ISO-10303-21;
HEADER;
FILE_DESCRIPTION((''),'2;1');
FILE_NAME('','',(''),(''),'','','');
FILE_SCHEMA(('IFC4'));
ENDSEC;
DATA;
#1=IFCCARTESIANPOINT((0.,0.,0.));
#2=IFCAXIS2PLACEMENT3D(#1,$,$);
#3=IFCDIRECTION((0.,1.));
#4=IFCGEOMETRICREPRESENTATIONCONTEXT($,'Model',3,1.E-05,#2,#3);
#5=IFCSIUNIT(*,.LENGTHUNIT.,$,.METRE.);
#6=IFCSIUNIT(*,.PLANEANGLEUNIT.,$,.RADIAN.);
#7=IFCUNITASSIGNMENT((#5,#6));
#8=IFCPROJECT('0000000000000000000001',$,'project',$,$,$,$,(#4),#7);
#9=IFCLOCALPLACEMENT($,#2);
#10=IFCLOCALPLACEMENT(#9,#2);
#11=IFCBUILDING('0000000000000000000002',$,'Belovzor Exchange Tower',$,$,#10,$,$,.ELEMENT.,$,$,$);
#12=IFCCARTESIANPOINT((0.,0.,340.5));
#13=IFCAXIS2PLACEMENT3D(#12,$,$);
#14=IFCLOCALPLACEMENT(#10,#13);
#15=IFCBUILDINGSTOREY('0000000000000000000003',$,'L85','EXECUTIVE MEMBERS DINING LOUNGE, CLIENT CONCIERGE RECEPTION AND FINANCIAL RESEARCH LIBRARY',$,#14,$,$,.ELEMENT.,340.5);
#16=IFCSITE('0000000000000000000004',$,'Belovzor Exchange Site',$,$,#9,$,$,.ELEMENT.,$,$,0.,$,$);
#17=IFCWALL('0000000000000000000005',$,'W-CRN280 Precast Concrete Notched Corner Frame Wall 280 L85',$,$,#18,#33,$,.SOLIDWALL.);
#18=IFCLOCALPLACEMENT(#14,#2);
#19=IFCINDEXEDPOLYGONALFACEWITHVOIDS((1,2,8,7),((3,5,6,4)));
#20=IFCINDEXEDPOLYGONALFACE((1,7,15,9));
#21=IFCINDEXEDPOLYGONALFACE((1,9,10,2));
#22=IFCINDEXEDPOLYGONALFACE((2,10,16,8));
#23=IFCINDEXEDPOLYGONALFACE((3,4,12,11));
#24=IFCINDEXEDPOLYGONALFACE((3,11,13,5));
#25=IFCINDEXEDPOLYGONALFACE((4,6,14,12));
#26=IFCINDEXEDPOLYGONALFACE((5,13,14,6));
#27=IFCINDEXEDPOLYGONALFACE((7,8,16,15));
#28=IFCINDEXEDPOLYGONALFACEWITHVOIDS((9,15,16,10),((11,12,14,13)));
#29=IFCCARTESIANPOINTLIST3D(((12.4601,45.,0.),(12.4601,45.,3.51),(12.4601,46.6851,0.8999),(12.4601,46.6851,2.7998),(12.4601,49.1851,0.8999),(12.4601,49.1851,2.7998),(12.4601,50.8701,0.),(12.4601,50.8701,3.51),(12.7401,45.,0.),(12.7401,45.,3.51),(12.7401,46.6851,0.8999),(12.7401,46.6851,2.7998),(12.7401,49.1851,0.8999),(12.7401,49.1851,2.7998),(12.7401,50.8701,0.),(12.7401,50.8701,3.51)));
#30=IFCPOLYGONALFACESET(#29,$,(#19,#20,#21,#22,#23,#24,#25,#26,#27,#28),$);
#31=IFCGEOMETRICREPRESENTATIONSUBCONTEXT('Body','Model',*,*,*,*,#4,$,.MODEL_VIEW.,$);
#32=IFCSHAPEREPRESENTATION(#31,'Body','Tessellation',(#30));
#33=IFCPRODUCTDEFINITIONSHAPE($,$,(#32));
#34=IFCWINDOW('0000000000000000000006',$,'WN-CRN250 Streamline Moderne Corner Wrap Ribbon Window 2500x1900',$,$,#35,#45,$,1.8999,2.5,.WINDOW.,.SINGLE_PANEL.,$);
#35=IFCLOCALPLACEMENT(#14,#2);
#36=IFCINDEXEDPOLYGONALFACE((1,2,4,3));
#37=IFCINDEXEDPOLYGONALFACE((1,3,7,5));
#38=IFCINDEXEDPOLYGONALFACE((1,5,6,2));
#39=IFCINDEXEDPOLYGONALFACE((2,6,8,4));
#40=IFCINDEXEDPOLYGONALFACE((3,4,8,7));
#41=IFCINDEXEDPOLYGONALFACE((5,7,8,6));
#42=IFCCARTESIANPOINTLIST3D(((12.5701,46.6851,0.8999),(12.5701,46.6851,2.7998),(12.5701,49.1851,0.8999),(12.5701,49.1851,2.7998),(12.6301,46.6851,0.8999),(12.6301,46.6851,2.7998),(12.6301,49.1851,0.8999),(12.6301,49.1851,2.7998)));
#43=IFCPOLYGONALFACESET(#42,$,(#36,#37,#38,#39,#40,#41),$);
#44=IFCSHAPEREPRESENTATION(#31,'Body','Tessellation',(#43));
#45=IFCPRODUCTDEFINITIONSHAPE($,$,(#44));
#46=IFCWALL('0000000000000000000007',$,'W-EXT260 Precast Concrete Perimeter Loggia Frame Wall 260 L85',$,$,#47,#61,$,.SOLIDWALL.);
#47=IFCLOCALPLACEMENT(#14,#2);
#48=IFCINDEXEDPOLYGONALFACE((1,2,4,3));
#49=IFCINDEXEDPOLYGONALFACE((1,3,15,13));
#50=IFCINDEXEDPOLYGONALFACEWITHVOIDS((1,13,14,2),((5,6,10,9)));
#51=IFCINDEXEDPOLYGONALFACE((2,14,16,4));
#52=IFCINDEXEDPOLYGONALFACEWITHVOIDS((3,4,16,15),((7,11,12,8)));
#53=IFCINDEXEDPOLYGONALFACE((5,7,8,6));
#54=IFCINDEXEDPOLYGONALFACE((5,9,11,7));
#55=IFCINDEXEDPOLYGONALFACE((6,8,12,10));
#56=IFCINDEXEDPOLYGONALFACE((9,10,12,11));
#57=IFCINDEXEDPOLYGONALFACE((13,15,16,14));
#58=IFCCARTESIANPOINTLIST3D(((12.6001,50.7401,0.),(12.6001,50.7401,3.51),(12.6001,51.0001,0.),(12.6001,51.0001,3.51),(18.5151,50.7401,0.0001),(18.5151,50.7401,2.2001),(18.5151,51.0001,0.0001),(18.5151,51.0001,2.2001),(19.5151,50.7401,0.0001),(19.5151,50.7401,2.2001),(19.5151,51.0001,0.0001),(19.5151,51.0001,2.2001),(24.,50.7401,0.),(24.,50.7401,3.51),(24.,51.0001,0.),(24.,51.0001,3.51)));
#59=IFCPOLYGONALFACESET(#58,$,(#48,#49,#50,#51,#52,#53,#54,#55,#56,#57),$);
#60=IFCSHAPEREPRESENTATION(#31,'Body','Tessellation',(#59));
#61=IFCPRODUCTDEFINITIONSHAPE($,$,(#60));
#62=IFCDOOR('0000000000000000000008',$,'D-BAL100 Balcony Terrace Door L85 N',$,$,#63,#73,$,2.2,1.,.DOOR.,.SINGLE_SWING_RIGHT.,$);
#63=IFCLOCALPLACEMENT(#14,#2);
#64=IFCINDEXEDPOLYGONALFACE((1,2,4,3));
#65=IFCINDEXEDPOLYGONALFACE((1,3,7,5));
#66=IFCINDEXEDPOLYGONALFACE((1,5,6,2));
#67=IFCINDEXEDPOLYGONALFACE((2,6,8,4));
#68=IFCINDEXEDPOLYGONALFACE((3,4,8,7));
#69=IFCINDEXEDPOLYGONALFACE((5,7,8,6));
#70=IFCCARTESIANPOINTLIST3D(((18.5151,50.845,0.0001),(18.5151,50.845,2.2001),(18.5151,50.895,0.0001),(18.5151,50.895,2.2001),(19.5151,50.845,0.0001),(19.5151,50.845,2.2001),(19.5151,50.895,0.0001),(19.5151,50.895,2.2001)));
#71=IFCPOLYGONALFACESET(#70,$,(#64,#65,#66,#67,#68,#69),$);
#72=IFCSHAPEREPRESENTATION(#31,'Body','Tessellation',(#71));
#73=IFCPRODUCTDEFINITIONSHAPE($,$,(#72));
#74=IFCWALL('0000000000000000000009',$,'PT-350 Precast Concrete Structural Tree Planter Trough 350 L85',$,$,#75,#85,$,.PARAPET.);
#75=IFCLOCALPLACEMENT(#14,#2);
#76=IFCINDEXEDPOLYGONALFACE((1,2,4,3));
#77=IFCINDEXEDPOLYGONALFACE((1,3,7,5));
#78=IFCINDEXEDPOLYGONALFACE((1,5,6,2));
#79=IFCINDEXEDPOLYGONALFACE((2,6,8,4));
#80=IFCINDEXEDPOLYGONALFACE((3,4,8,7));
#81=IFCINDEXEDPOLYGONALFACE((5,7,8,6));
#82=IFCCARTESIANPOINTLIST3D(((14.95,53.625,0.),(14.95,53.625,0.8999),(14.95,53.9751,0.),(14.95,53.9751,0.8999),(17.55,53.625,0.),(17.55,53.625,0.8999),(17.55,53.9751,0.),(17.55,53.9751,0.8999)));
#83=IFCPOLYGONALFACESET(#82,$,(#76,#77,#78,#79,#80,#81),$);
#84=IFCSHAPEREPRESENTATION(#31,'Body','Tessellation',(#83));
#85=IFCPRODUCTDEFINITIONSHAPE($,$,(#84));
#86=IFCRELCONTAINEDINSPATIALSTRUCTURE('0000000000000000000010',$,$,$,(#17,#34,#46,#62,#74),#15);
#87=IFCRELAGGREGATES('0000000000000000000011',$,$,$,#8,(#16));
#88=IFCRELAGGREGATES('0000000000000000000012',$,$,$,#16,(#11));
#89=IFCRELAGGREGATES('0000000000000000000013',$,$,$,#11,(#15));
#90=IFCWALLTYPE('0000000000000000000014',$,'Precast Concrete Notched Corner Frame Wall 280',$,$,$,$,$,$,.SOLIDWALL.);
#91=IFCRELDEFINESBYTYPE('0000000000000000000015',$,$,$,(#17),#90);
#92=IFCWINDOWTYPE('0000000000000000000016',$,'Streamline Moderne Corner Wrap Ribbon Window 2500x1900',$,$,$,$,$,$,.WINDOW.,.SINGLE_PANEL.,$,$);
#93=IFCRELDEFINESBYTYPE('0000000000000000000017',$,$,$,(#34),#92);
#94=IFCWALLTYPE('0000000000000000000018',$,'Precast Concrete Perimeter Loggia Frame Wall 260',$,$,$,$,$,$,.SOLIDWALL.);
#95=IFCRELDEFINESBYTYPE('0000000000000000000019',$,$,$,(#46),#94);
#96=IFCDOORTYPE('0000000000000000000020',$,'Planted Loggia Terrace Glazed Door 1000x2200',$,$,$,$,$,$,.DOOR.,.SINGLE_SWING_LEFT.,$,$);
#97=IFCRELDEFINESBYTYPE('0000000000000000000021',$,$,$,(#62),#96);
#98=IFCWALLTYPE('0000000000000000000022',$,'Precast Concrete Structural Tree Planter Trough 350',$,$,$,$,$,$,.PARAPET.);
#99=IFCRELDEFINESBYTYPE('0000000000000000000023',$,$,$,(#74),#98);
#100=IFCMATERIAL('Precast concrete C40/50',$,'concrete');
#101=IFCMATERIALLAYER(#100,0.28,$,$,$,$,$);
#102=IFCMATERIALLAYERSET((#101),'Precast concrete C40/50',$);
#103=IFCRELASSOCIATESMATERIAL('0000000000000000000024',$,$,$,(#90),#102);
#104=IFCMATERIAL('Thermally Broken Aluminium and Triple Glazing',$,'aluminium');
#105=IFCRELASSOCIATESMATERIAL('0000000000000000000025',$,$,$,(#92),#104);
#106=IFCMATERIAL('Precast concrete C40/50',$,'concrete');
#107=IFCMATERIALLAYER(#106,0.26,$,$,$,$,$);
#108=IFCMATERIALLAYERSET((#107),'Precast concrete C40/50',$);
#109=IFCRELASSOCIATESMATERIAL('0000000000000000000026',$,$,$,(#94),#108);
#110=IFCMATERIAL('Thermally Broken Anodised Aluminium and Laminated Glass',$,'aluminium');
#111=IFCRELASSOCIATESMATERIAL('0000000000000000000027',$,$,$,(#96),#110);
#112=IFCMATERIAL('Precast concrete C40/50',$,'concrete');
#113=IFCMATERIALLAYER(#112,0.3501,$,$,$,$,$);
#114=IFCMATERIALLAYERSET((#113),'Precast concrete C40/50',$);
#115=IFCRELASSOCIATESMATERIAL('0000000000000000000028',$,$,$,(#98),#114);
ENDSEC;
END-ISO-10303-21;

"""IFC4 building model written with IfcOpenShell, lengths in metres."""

from ifc_helpers import new_model, si_unit, direction, frame, frame_2d, origin, place, context, subcontext, project, spatial, rectangle, extrude, material, layer, layer_set, type_object, element, fill, save


model = new_model("IFC4")

# Units and contexts
model_context = context("Model", 3, precision=1e-05, world=origin(), true_north=direction((0.0, 1.0)))
body_context = subcontext(model_context, "Body", "Model", "MODEL_VIEW")
ifc_project = project(units=[si_unit("LENGTHUNIT", "METRE"), si_unit("PLANEANGLEUNIT", "RADIAN")], contexts=[model_context])

# Site, building, storey
site_placement = place(None, origin())
site = spatial("IfcSite", under=ifc_project, at=site_placement, Name="Belovzor Exchange Site", CompositionType="ELEMENT", RefElevation=0.0)
building_placement = place(site_placement, origin())
building = spatial("IfcBuilding", under=site, at=building_placement, Name="Belovzor Exchange Tower", CompositionType="ELEMENT")
storey_placement = place(building_placement, frame((0.0, 0.0, 340.5)))
storey = spatial("IfcBuildingStorey", under=building, at=storey_placement, Name="L85", Description="EXECUTIVE MEMBERS DINING LOUNGE, CLIENT CONCIERGE RECEPTION AND FINANCIAL RESEARCH LIBRARY", CompositionType="ELEMENT", Elevation=340.5)

# Wall, opening, window
ifc_material_1 = material(Name="Precast concrete C40/50", Category="concrete")
ifc_layer_1 = layer(ifc_material_1, 0.28)
ifc_layer_set_1 = layer_set([ifc_layer_1], Name="Precast concrete C40/50")
wall_type_1 = type_object("IfcWallType", Name="Precast Concrete Notched Corner Frame Wall 280", PredefinedType="SOLIDWALL", material=ifc_layer_set_1)
ifc_material_2 = material(Name="Thermally Broken Aluminium and Triple Glazing", Category="aluminium")
window_type = type_object("IfcWindowType", Name="Streamline Moderne Corner Wrap Ribbon Window 2500x1900", PartitioningType="SINGLE_PANEL", PredefinedType="WINDOW", material=ifc_material_2)
wall_1_placement = place(storey_placement, frame((12.6001, 45.0, 0.0), z_axis=(0.0, 0.0, 1.0), x_axis=(0.0, 1.0, 0.0)))
wall_1 = element("IfcWall", 1, at=wall_1_placement, inside=storey, type_object=wall_type_1, Name="W-CRN280 Precast Concrete Notched Corner Frame Wall 280 L85", PredefinedType="SOLIDWALL", context=body_context, shape_type="SweptSolid", body=[
    extrude(rectangle(XDim=5.8701, YDim=0.28, at=frame_2d((2.9351, 0.0))), origin(), (0.0, 0.0, 1.0), 3.51),
])
opening_1_placement = place(wall_1_placement, frame((1.6851, 0.0, 0.8999)))
opening_1 = element("IfcOpeningElement", 2, at=opening_1_placement, cuts=wall_1, PredefinedType="OPENING", context=body_context, shape_type="SweptSolid", body=[
    extrude(rectangle(XDim=2.5, YDim=1.8999, at=frame_2d((1.25, 0.95))), frame((0.0, 0.1499, 0.0), z_axis=(0.0, -1.0, 0.0), x_axis=(1.0, 0.0, 0.0)), (0.0, 0.0, 1.0), 0.3),
])
window_1_placement = place(opening_1_placement, origin())
window_1 = element("IfcWindow", 3, at=window_1_placement, inside=storey, type_object=window_type, Name="WN-CRN250 Streamline Moderne Corner Wrap Ribbon Window 2500x1900", OverallHeight=1.8999, OverallWidth=2.5, PartitioningType="SINGLE_PANEL", PredefinedType="WINDOW", context=body_context, shape_type="SweptSolid", body=[
    extrude(rectangle(XDim=2.5, YDim=1.8999, at=frame_2d((1.25, 0.95))), frame((0.0, 0.03, 0.0), z_axis=(0.0, -1.0, 0.0), x_axis=(1.0, 0.0, 0.0)), (0.0, 0.0, 1.0), 0.0601),
])
fill(opening_1, window_1)

# Wall, opening, door
ifc_material_3 = material(Name="Precast concrete C40/50", Category="concrete")
ifc_layer_2 = layer(ifc_material_3, 0.26)
ifc_layer_set_2 = layer_set([ifc_layer_2], Name="Precast concrete C40/50")
wall_type_2 = type_object("IfcWallType", Name="Precast Concrete Perimeter Loggia Frame Wall 260", PredefinedType="SOLIDWALL", material=ifc_layer_set_2)
wall_2_placement = place(storey_placement, frame((12.6001, 50.8701, 0.0), z_axis=(0.0, 0.0, 1.0), x_axis=(1.0, 0.0, 0.0)))
wall_2 = element("IfcWall", 4, at=wall_2_placement, inside=storey, type_object=wall_type_2, Name="W-EXT260 Precast Concrete Perimeter Loggia Frame Wall 260 L85", PredefinedType="SOLIDWALL", context=body_context, shape_type="SweptSolid", body=[
    extrude(rectangle(XDim=11.3999, YDim=0.26, at=frame_2d((5.7, 0.0))), origin(), (0.0, 0.0, 1.0), 3.51),
])
opening_2_placement = place(wall_2_placement, frame((5.915, 0.0, 0.0)))
opening_2 = element("IfcOpeningElement", 5, at=opening_2_placement, cuts=wall_2, PredefinedType="OPENING", context=body_context, shape_type="SweptSolid", body=[
    extrude(rectangle(XDim=1.0, YDim=2.2, at=frame_2d((0.5, 1.1001))), frame((0.0, 0.1399, 0.0), z_axis=(0.0, -1.0, 0.0), x_axis=(1.0, 0.0, 0.0)), (0.0, 0.0, 1.0), 0.28),
])
ifc_material_4 = material(Name="Thermally Broken Anodised Aluminium and Laminated Glass", Category="aluminium")
door_type_1 = type_object("IfcDoorType", Name="Planted Loggia Terrace Glazed Door 1000x2200", OperationType="SINGLE_SWING_LEFT", PredefinedType="DOOR", material=ifc_material_4)
door_1_placement = place(opening_2_placement, origin())
door_1 = element("IfcDoor", 6, at=door_1_placement, inside=storey, type_object=door_type_1, Name="D-BAL100 Balcony Terrace Door L85 N", OperationType="SINGLE_SWING_RIGHT", OverallHeight=2.2, OverallWidth=1.0, PredefinedType="DOOR", context=body_context, shape_type="SweptSolid", body=[
    extrude(rectangle(XDim=1.0, YDim=2.2, at=frame_2d((0.5, 1.1001))), frame((0.0, 0.0249, 0.0), z_axis=(0.0, -1.0, 0.0), x_axis=(1.0, 0.0, 0.0)), (0.0, 0.0, 1.0), 0.05),
])
fill(opening_2, door_1)

# Wall
ifc_material_5 = material(Name="Precast concrete C40/50", Category="concrete")
ifc_layer_3 = layer(ifc_material_5, 0.3501)
ifc_layer_set_3 = layer_set([ifc_layer_3], Name="Precast concrete C40/50")
wall_type_3 = type_object("IfcWallType", Name="Precast Concrete Structural Tree Planter Trough 350", PredefinedType="PARAPET", material=ifc_layer_set_3)
wall_3_placement = place(storey_placement, frame((14.95, 53.8, 0.0), z_axis=(0.0, 0.0, 1.0), x_axis=(1.0, 0.0, 0.0)))
element("IfcWall", 7, at=wall_3_placement, inside=storey, type_object=wall_type_3, Name="PT-350 Precast Concrete Structural Tree Planter Trough 350 L85", PredefinedType="PARAPET", context=body_context, shape_type="SweptSolid", body=[
    extrude(rectangle(XDim=2.6001, YDim=0.3501, at=frame_2d((1.3, 0.0))), origin(), (0.0, 0.0, 1.0), 0.8999),
])

save(model, "model.ifc")
